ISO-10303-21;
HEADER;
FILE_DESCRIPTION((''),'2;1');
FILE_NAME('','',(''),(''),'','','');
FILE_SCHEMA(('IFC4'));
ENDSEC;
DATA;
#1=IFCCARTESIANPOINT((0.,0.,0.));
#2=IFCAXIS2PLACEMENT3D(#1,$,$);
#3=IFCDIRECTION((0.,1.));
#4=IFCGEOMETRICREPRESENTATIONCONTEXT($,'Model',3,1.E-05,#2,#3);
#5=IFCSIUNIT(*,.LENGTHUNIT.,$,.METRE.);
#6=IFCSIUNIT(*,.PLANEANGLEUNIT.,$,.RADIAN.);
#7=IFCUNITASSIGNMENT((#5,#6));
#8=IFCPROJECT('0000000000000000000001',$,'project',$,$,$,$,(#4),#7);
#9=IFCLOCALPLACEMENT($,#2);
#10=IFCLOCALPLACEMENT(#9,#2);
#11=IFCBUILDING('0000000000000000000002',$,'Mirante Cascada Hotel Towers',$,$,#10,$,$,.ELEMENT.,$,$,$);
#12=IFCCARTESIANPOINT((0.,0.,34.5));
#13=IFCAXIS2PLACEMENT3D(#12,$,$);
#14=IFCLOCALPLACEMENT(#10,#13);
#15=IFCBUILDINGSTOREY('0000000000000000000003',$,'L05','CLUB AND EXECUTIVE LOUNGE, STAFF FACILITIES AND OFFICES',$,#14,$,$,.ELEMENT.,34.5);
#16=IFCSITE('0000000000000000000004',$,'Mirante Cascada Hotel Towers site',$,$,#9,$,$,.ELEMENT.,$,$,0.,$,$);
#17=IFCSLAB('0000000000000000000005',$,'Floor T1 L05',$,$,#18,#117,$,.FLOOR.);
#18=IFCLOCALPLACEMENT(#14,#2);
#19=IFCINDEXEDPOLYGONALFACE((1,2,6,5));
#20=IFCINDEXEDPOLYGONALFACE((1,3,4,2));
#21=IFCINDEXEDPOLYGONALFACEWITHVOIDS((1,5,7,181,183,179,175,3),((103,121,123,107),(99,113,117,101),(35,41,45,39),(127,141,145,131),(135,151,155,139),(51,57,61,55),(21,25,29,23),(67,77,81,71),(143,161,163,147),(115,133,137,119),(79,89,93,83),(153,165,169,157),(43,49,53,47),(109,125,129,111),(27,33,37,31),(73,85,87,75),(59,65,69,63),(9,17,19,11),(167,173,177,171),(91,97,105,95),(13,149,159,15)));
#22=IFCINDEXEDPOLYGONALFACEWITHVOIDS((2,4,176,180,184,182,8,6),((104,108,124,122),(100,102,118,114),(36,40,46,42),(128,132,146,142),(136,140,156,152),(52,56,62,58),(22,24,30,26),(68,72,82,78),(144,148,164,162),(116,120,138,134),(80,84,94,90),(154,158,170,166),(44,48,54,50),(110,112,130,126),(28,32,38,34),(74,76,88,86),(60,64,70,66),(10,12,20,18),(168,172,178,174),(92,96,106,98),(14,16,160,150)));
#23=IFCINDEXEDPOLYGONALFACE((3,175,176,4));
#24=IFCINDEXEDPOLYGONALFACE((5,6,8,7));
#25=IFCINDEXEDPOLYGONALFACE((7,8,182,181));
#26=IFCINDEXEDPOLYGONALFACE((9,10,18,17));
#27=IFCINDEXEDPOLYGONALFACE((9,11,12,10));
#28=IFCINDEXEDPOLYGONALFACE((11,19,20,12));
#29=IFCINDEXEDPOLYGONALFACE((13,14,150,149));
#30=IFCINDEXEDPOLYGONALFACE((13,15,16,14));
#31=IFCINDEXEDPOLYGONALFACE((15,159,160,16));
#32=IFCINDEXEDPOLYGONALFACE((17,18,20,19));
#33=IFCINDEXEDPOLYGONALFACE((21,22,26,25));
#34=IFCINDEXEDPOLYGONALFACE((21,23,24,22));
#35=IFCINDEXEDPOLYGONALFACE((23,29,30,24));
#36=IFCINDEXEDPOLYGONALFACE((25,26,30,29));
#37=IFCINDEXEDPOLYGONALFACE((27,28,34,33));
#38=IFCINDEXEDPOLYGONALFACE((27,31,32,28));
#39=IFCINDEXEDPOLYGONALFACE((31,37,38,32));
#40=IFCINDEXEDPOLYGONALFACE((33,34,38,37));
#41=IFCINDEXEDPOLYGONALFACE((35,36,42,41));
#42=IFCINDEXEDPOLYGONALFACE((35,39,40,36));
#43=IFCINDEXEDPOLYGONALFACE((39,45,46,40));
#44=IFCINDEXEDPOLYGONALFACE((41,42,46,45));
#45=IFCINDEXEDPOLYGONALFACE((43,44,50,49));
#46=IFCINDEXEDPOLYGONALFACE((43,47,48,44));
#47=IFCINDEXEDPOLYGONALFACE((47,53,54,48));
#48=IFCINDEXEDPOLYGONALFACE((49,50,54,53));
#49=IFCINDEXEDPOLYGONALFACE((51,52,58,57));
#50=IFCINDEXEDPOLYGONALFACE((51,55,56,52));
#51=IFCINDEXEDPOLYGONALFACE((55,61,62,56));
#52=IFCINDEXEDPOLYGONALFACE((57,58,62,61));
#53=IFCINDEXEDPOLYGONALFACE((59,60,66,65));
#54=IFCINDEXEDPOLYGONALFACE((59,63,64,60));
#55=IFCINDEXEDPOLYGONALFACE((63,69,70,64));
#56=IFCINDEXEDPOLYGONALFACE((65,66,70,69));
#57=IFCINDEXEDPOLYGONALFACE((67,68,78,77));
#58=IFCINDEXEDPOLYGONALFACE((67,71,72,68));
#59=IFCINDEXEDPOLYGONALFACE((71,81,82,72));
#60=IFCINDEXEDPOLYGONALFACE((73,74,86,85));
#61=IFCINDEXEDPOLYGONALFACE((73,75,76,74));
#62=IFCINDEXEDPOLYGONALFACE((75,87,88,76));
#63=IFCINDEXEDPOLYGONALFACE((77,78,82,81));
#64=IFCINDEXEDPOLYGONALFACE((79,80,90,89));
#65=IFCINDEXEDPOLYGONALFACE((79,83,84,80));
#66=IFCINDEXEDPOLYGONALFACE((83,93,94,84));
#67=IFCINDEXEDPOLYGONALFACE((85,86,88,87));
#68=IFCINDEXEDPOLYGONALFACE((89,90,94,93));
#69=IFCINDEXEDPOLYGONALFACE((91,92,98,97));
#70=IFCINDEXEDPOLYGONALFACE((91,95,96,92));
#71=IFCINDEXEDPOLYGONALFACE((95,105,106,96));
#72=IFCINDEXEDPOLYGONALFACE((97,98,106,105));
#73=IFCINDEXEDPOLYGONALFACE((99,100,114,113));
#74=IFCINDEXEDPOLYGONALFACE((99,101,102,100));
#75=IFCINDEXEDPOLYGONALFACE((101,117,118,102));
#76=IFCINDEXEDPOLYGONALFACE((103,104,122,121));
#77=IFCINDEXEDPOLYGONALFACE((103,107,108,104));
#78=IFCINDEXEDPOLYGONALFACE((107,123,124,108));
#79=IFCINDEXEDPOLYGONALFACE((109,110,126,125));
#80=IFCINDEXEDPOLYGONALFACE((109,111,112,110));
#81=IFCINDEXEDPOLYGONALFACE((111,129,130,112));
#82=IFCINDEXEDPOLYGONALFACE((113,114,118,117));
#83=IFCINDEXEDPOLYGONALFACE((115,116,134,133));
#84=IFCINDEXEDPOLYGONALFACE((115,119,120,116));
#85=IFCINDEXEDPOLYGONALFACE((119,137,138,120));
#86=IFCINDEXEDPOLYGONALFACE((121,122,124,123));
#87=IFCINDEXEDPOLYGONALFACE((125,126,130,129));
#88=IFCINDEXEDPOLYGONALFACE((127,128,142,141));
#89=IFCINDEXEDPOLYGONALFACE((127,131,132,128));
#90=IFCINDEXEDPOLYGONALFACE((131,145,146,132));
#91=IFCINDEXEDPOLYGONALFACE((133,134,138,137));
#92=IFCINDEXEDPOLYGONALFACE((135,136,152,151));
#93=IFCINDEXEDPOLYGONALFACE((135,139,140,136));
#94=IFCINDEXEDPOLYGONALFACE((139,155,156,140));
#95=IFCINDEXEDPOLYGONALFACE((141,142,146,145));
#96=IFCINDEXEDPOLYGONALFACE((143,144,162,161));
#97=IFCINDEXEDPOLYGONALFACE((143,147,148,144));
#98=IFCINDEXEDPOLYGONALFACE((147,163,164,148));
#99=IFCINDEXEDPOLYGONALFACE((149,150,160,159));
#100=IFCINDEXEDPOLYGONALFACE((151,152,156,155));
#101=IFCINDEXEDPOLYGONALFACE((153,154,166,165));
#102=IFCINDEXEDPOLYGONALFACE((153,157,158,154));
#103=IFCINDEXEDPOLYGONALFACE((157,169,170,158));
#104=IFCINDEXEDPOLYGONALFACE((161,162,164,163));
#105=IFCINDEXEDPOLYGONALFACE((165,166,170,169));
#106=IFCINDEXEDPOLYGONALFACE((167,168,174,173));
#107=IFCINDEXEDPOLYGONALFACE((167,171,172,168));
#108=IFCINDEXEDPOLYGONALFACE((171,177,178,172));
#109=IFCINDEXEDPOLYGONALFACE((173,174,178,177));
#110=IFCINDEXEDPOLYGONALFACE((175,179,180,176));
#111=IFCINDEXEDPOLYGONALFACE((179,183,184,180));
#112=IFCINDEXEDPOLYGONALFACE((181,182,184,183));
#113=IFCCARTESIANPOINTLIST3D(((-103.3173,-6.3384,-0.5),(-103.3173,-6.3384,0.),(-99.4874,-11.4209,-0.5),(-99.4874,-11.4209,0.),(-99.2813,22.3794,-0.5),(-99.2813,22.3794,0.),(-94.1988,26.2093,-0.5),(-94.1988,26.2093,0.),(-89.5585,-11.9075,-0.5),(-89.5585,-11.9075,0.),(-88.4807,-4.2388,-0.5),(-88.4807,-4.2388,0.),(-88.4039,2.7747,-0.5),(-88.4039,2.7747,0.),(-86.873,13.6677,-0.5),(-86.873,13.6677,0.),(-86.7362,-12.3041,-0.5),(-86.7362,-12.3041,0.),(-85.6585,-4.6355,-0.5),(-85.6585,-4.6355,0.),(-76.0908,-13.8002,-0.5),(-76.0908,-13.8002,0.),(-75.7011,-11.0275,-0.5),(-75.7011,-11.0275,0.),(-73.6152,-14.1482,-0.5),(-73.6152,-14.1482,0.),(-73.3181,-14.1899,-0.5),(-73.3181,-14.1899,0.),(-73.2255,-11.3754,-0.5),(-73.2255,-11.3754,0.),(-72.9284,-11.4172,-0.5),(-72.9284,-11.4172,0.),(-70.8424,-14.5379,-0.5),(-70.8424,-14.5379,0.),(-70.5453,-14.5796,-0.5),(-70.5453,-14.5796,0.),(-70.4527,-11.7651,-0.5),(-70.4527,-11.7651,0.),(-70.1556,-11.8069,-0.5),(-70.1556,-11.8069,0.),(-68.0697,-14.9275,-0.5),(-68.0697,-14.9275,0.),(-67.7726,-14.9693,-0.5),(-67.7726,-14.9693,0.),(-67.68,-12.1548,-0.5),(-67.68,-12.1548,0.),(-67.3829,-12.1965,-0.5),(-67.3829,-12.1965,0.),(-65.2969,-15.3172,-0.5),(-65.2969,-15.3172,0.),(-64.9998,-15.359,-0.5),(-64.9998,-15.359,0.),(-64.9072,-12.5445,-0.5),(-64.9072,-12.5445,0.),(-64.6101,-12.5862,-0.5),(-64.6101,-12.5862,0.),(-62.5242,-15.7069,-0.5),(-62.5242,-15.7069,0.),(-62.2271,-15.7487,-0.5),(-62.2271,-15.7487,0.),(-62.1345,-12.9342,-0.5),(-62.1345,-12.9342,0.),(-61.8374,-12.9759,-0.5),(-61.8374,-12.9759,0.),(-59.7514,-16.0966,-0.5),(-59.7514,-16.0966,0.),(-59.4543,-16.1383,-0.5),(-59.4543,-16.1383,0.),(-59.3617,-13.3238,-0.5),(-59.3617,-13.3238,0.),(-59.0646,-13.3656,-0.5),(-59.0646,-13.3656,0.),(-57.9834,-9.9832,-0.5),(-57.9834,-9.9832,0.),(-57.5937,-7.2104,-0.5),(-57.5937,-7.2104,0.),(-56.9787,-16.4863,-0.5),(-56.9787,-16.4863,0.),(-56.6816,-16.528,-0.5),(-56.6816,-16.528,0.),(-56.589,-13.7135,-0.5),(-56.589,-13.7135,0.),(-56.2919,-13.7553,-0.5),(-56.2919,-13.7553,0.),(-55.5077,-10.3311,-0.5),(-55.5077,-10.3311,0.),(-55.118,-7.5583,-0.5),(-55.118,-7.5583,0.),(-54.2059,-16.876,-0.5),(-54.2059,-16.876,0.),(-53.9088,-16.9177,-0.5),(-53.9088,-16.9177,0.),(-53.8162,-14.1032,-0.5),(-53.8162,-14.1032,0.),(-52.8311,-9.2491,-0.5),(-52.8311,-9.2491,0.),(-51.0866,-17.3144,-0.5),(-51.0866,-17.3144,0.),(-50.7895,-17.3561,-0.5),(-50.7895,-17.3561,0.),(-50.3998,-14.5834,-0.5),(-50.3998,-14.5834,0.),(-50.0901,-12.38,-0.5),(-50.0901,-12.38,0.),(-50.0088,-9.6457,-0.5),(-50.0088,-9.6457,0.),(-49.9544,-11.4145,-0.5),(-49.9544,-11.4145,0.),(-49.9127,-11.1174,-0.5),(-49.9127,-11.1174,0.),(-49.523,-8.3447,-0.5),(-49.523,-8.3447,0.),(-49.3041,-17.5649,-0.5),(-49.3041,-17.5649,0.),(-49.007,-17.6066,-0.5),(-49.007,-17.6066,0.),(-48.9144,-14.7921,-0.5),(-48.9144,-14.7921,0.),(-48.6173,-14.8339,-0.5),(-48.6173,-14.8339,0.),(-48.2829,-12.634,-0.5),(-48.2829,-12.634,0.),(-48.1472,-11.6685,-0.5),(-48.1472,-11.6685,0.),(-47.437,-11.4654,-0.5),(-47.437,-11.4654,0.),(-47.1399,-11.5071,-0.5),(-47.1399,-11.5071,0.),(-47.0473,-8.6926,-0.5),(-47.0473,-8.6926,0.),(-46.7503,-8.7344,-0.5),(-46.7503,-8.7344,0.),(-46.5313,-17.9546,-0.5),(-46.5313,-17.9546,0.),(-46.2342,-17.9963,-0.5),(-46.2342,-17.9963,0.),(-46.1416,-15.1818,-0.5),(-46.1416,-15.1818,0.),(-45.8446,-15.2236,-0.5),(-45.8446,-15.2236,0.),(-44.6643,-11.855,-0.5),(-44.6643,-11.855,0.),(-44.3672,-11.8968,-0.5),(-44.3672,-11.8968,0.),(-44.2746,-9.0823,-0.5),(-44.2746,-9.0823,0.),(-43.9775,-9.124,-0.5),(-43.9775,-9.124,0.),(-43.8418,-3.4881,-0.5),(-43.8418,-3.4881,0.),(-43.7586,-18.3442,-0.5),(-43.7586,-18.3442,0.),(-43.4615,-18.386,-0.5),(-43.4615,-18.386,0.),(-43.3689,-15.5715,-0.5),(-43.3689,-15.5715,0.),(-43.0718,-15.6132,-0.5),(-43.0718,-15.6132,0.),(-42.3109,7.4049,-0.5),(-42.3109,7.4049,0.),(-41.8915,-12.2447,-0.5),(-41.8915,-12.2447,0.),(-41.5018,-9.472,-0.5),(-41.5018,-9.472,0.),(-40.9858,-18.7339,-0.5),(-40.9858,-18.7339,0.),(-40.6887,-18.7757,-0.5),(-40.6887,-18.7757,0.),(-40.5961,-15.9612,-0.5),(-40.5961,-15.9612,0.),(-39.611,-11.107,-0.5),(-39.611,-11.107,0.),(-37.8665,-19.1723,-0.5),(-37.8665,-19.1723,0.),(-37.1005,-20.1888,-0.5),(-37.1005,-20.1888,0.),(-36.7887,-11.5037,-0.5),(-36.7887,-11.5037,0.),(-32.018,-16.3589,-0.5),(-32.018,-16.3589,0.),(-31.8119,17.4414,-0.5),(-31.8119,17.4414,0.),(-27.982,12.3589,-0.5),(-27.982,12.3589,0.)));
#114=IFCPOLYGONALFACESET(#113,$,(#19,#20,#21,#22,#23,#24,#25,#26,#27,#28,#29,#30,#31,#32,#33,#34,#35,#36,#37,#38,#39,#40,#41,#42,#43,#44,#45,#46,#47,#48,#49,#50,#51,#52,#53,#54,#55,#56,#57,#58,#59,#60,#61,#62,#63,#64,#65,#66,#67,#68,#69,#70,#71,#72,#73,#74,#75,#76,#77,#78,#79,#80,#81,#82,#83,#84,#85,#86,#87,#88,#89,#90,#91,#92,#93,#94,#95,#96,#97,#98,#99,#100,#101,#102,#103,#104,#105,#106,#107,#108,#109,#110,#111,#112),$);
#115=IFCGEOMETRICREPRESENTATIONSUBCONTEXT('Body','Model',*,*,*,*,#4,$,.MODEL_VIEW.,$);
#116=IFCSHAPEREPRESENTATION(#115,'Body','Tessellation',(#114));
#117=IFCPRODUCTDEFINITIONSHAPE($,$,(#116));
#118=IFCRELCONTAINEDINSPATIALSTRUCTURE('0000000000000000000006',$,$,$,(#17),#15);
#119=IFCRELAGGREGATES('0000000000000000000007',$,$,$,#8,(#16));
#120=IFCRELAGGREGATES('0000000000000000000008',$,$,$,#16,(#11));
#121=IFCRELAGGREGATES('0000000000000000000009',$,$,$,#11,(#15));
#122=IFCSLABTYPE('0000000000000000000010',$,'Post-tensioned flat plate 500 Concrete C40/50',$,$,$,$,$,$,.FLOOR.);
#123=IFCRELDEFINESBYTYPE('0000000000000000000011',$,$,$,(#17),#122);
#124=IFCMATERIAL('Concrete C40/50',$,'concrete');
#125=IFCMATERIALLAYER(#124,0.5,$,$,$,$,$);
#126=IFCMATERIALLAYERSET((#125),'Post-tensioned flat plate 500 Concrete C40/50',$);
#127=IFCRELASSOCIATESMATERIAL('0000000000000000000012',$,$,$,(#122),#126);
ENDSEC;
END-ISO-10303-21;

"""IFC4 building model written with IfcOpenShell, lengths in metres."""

from ifc_helpers import new_model, si_unit, direction, frame, origin, place, context, subcontext, project, spatial, polyline, outline, extrude, material, layer, layer_set, type_object, element, save


model = new_model("IFC4")

# Units and contexts
model_context = context("Model", 3, precision=1e-05, world=origin(), true_north=direction((0.0, 1.0)))
body_context = subcontext(model_context, "Body", "Model", "MODEL_VIEW")
ifc_project = project(units=[si_unit("LENGTHUNIT", "METRE"), si_unit("PLANEANGLEUNIT", "RADIAN")], contexts=[model_context])

# Site, building, storey
site_placement = place(None, origin())
site = spatial("IfcSite", under=ifc_project, at=site_placement, Name="Mirante Cascada Hotel Towers site", CompositionType="ELEMENT", RefElevation=0.0)
building_placement = place(site_placement, origin())
building = spatial("IfcBuilding", under=site, at=building_placement, Name="Mirante Cascada Hotel Towers", CompositionType="ELEMENT")
storey_placement = place(building_placement, frame((0.0, 0.0, 34.5)))
storey = spatial("IfcBuildingStorey", under=building, at=storey_placement, Name="L05", Description="CLUB AND EXECUTIVE LOUNGE, STAFF FACILITIES AND OFFICES", CompositionType="ELEMENT", Elevation=34.5)

# Slab
ifc_material_1 = material(Name="Concrete C40/50", Category="concrete")
ifc_layer_1 = layer(ifc_material_1, 0.5)
ifc_layer_set_1 = layer_set([ifc_layer_1], Name="Post-tensioned flat plate 500 Concrete C40/50")
slab_type_1 = type_object("IfcSlabType", Name="Post-tensioned flat plate 500 Concrete C40/50", PredefinedType="FLOOR", material=ifc_layer_set_1)
slab_1_placement = place(storey_placement, frame((0.0, 0.0, -0.5)))
element("IfcSlab", 1, at=slab_1_placement, inside=storey, type_object=slab_type_1, Name="Floor T1 L05", PredefinedType="FLOOR", context=body_context, shape_type="SweptSolid", body=[
    extrude(outline(polyline([(-32.018, -16.3589), (-27.982, 12.3589), (-31.8119, 17.4414), (-94.1988, 26.2093), (-99.2813, 22.3794), (-103.3173, -6.3384), (-99.4874, -11.4209), (-37.1005, -20.1888), (-32.018, -16.3589)]), holes=[polyline([(-43.0718, -15.6132), (-40.5961, -15.9612), (-40.9858, -18.7339), (-43.4615, -18.386), (-43.0718, -15.6132)]), polyline([(-45.8446, -15.2236), (-43.3689, -15.5715), (-43.7586, -18.3442), (-46.2342, -17.9963), (-45.8446, -15.2236)]), polyline([(-48.6173, -14.8339), (-46.1416, -15.1818), (-46.5313, -17.9546), (-49.007, -17.6066), (-48.6173, -14.8339)]), polyline([(-50.7895, -17.3561), (-50.3998, -14.5834), (-48.9144, -14.7921), (-49.3041, -17.5649), (-50.7895, -17.3561)]), polyline([(-56.6816, -16.528), (-56.2919, -13.7553), (-53.8162, -14.1032), (-54.2059, -16.876), (-56.6816, -16.528)]), polyline([(-36.7887, -11.5037), (-37.8665, -19.1723), (-40.6887, -18.7757), (-39.611, -11.107), (-36.7887, -11.5037)]), polyline([(-50.0088, -9.6457), (-51.0866, -17.3144), (-53.9088, -16.9177), (-52.8311, -9.2491), (-50.0088, -9.6457)]), polyline([(-49.9544, -11.4145), (-48.1472, -11.6685), (-48.2829, -12.634), (-50.0901, -12.38), (-49.9544, -11.4145)]), polyline([(-44.3672, -11.8968), (-43.9775, -9.124), (-41.5018, -9.472), (-41.8915, -12.2447), (-44.3672, -11.8968)]), polyline([(-47.1399, -11.5071), (-46.7503, -8.7344), (-44.2746, -9.0823), (-44.6643, -11.855), (-47.1399, -11.5071)]), polyline([(-49.523, -8.3447), (-47.0473, -8.6926), (-47.437, -11.4654), (-49.9127, -11.1174), (-49.523, -8.3447)]), polyline([(-59.0646, -13.3656), (-56.589, -13.7135), (-56.9787, -16.4863), (-59.4543, -16.1383), (-59.0646, -13.3656)]), polyline([(-61.8374, -12.9759), (-59.3617, -13.3238), (-59.7514, -16.0966), (-62.2271, -15.7487), (-61.8374, -12.9759)]), polyline([(-64.9998, -15.359), (-64.6101, -12.5862), (-62.1345, -12.9342), (-62.5242, -15.7069), (-64.9998, -15.359)]), polyline([(-67.7726, -14.9693), (-67.3829, -12.1965), (-64.9072, -12.5445), (-65.2969, -15.3172), (-67.7726, -14.9693)]), polyline([(-70.1556, -11.8069), (-67.68, -12.1548), (-68.0697, -14.9275), (-70.5453, -14.5796), (-70.1556, -11.8069)]), polyline([(-73.3181, -14.1899), (-72.9284, -11.4172), (-70.4527, -11.7651), (-70.8424, -14.5379), (-73.3181, -14.1899)]), polyline([(-76.0908, -13.8002), (-75.7011, -11.0275), (-73.2255, -11.3754), (-73.6152, -14.1482), (-76.0908, -13.8002)]), polyline([(-85.6585, -4.6355), (-86.7362, -12.3041), (-89.5585, -11.9075), (-88.4807, -4.2388), (-85.6585, -4.6355)]), polyline([(-57.9834, -9.9832), (-57.5937, -7.2104), (-55.118, -7.5583), (-55.5077, -10.3311), (-57.9834, -9.9832)]), polyline([(-88.4039, 2.7747), (-86.873, 13.6677), (-42.3109, 7.4049), (-43.8418, -3.4881), (-88.4039, 2.7747)])]), origin(), (0.0, 0.0, 1.0), 0.5),
])

save(model, "model.ifc")
